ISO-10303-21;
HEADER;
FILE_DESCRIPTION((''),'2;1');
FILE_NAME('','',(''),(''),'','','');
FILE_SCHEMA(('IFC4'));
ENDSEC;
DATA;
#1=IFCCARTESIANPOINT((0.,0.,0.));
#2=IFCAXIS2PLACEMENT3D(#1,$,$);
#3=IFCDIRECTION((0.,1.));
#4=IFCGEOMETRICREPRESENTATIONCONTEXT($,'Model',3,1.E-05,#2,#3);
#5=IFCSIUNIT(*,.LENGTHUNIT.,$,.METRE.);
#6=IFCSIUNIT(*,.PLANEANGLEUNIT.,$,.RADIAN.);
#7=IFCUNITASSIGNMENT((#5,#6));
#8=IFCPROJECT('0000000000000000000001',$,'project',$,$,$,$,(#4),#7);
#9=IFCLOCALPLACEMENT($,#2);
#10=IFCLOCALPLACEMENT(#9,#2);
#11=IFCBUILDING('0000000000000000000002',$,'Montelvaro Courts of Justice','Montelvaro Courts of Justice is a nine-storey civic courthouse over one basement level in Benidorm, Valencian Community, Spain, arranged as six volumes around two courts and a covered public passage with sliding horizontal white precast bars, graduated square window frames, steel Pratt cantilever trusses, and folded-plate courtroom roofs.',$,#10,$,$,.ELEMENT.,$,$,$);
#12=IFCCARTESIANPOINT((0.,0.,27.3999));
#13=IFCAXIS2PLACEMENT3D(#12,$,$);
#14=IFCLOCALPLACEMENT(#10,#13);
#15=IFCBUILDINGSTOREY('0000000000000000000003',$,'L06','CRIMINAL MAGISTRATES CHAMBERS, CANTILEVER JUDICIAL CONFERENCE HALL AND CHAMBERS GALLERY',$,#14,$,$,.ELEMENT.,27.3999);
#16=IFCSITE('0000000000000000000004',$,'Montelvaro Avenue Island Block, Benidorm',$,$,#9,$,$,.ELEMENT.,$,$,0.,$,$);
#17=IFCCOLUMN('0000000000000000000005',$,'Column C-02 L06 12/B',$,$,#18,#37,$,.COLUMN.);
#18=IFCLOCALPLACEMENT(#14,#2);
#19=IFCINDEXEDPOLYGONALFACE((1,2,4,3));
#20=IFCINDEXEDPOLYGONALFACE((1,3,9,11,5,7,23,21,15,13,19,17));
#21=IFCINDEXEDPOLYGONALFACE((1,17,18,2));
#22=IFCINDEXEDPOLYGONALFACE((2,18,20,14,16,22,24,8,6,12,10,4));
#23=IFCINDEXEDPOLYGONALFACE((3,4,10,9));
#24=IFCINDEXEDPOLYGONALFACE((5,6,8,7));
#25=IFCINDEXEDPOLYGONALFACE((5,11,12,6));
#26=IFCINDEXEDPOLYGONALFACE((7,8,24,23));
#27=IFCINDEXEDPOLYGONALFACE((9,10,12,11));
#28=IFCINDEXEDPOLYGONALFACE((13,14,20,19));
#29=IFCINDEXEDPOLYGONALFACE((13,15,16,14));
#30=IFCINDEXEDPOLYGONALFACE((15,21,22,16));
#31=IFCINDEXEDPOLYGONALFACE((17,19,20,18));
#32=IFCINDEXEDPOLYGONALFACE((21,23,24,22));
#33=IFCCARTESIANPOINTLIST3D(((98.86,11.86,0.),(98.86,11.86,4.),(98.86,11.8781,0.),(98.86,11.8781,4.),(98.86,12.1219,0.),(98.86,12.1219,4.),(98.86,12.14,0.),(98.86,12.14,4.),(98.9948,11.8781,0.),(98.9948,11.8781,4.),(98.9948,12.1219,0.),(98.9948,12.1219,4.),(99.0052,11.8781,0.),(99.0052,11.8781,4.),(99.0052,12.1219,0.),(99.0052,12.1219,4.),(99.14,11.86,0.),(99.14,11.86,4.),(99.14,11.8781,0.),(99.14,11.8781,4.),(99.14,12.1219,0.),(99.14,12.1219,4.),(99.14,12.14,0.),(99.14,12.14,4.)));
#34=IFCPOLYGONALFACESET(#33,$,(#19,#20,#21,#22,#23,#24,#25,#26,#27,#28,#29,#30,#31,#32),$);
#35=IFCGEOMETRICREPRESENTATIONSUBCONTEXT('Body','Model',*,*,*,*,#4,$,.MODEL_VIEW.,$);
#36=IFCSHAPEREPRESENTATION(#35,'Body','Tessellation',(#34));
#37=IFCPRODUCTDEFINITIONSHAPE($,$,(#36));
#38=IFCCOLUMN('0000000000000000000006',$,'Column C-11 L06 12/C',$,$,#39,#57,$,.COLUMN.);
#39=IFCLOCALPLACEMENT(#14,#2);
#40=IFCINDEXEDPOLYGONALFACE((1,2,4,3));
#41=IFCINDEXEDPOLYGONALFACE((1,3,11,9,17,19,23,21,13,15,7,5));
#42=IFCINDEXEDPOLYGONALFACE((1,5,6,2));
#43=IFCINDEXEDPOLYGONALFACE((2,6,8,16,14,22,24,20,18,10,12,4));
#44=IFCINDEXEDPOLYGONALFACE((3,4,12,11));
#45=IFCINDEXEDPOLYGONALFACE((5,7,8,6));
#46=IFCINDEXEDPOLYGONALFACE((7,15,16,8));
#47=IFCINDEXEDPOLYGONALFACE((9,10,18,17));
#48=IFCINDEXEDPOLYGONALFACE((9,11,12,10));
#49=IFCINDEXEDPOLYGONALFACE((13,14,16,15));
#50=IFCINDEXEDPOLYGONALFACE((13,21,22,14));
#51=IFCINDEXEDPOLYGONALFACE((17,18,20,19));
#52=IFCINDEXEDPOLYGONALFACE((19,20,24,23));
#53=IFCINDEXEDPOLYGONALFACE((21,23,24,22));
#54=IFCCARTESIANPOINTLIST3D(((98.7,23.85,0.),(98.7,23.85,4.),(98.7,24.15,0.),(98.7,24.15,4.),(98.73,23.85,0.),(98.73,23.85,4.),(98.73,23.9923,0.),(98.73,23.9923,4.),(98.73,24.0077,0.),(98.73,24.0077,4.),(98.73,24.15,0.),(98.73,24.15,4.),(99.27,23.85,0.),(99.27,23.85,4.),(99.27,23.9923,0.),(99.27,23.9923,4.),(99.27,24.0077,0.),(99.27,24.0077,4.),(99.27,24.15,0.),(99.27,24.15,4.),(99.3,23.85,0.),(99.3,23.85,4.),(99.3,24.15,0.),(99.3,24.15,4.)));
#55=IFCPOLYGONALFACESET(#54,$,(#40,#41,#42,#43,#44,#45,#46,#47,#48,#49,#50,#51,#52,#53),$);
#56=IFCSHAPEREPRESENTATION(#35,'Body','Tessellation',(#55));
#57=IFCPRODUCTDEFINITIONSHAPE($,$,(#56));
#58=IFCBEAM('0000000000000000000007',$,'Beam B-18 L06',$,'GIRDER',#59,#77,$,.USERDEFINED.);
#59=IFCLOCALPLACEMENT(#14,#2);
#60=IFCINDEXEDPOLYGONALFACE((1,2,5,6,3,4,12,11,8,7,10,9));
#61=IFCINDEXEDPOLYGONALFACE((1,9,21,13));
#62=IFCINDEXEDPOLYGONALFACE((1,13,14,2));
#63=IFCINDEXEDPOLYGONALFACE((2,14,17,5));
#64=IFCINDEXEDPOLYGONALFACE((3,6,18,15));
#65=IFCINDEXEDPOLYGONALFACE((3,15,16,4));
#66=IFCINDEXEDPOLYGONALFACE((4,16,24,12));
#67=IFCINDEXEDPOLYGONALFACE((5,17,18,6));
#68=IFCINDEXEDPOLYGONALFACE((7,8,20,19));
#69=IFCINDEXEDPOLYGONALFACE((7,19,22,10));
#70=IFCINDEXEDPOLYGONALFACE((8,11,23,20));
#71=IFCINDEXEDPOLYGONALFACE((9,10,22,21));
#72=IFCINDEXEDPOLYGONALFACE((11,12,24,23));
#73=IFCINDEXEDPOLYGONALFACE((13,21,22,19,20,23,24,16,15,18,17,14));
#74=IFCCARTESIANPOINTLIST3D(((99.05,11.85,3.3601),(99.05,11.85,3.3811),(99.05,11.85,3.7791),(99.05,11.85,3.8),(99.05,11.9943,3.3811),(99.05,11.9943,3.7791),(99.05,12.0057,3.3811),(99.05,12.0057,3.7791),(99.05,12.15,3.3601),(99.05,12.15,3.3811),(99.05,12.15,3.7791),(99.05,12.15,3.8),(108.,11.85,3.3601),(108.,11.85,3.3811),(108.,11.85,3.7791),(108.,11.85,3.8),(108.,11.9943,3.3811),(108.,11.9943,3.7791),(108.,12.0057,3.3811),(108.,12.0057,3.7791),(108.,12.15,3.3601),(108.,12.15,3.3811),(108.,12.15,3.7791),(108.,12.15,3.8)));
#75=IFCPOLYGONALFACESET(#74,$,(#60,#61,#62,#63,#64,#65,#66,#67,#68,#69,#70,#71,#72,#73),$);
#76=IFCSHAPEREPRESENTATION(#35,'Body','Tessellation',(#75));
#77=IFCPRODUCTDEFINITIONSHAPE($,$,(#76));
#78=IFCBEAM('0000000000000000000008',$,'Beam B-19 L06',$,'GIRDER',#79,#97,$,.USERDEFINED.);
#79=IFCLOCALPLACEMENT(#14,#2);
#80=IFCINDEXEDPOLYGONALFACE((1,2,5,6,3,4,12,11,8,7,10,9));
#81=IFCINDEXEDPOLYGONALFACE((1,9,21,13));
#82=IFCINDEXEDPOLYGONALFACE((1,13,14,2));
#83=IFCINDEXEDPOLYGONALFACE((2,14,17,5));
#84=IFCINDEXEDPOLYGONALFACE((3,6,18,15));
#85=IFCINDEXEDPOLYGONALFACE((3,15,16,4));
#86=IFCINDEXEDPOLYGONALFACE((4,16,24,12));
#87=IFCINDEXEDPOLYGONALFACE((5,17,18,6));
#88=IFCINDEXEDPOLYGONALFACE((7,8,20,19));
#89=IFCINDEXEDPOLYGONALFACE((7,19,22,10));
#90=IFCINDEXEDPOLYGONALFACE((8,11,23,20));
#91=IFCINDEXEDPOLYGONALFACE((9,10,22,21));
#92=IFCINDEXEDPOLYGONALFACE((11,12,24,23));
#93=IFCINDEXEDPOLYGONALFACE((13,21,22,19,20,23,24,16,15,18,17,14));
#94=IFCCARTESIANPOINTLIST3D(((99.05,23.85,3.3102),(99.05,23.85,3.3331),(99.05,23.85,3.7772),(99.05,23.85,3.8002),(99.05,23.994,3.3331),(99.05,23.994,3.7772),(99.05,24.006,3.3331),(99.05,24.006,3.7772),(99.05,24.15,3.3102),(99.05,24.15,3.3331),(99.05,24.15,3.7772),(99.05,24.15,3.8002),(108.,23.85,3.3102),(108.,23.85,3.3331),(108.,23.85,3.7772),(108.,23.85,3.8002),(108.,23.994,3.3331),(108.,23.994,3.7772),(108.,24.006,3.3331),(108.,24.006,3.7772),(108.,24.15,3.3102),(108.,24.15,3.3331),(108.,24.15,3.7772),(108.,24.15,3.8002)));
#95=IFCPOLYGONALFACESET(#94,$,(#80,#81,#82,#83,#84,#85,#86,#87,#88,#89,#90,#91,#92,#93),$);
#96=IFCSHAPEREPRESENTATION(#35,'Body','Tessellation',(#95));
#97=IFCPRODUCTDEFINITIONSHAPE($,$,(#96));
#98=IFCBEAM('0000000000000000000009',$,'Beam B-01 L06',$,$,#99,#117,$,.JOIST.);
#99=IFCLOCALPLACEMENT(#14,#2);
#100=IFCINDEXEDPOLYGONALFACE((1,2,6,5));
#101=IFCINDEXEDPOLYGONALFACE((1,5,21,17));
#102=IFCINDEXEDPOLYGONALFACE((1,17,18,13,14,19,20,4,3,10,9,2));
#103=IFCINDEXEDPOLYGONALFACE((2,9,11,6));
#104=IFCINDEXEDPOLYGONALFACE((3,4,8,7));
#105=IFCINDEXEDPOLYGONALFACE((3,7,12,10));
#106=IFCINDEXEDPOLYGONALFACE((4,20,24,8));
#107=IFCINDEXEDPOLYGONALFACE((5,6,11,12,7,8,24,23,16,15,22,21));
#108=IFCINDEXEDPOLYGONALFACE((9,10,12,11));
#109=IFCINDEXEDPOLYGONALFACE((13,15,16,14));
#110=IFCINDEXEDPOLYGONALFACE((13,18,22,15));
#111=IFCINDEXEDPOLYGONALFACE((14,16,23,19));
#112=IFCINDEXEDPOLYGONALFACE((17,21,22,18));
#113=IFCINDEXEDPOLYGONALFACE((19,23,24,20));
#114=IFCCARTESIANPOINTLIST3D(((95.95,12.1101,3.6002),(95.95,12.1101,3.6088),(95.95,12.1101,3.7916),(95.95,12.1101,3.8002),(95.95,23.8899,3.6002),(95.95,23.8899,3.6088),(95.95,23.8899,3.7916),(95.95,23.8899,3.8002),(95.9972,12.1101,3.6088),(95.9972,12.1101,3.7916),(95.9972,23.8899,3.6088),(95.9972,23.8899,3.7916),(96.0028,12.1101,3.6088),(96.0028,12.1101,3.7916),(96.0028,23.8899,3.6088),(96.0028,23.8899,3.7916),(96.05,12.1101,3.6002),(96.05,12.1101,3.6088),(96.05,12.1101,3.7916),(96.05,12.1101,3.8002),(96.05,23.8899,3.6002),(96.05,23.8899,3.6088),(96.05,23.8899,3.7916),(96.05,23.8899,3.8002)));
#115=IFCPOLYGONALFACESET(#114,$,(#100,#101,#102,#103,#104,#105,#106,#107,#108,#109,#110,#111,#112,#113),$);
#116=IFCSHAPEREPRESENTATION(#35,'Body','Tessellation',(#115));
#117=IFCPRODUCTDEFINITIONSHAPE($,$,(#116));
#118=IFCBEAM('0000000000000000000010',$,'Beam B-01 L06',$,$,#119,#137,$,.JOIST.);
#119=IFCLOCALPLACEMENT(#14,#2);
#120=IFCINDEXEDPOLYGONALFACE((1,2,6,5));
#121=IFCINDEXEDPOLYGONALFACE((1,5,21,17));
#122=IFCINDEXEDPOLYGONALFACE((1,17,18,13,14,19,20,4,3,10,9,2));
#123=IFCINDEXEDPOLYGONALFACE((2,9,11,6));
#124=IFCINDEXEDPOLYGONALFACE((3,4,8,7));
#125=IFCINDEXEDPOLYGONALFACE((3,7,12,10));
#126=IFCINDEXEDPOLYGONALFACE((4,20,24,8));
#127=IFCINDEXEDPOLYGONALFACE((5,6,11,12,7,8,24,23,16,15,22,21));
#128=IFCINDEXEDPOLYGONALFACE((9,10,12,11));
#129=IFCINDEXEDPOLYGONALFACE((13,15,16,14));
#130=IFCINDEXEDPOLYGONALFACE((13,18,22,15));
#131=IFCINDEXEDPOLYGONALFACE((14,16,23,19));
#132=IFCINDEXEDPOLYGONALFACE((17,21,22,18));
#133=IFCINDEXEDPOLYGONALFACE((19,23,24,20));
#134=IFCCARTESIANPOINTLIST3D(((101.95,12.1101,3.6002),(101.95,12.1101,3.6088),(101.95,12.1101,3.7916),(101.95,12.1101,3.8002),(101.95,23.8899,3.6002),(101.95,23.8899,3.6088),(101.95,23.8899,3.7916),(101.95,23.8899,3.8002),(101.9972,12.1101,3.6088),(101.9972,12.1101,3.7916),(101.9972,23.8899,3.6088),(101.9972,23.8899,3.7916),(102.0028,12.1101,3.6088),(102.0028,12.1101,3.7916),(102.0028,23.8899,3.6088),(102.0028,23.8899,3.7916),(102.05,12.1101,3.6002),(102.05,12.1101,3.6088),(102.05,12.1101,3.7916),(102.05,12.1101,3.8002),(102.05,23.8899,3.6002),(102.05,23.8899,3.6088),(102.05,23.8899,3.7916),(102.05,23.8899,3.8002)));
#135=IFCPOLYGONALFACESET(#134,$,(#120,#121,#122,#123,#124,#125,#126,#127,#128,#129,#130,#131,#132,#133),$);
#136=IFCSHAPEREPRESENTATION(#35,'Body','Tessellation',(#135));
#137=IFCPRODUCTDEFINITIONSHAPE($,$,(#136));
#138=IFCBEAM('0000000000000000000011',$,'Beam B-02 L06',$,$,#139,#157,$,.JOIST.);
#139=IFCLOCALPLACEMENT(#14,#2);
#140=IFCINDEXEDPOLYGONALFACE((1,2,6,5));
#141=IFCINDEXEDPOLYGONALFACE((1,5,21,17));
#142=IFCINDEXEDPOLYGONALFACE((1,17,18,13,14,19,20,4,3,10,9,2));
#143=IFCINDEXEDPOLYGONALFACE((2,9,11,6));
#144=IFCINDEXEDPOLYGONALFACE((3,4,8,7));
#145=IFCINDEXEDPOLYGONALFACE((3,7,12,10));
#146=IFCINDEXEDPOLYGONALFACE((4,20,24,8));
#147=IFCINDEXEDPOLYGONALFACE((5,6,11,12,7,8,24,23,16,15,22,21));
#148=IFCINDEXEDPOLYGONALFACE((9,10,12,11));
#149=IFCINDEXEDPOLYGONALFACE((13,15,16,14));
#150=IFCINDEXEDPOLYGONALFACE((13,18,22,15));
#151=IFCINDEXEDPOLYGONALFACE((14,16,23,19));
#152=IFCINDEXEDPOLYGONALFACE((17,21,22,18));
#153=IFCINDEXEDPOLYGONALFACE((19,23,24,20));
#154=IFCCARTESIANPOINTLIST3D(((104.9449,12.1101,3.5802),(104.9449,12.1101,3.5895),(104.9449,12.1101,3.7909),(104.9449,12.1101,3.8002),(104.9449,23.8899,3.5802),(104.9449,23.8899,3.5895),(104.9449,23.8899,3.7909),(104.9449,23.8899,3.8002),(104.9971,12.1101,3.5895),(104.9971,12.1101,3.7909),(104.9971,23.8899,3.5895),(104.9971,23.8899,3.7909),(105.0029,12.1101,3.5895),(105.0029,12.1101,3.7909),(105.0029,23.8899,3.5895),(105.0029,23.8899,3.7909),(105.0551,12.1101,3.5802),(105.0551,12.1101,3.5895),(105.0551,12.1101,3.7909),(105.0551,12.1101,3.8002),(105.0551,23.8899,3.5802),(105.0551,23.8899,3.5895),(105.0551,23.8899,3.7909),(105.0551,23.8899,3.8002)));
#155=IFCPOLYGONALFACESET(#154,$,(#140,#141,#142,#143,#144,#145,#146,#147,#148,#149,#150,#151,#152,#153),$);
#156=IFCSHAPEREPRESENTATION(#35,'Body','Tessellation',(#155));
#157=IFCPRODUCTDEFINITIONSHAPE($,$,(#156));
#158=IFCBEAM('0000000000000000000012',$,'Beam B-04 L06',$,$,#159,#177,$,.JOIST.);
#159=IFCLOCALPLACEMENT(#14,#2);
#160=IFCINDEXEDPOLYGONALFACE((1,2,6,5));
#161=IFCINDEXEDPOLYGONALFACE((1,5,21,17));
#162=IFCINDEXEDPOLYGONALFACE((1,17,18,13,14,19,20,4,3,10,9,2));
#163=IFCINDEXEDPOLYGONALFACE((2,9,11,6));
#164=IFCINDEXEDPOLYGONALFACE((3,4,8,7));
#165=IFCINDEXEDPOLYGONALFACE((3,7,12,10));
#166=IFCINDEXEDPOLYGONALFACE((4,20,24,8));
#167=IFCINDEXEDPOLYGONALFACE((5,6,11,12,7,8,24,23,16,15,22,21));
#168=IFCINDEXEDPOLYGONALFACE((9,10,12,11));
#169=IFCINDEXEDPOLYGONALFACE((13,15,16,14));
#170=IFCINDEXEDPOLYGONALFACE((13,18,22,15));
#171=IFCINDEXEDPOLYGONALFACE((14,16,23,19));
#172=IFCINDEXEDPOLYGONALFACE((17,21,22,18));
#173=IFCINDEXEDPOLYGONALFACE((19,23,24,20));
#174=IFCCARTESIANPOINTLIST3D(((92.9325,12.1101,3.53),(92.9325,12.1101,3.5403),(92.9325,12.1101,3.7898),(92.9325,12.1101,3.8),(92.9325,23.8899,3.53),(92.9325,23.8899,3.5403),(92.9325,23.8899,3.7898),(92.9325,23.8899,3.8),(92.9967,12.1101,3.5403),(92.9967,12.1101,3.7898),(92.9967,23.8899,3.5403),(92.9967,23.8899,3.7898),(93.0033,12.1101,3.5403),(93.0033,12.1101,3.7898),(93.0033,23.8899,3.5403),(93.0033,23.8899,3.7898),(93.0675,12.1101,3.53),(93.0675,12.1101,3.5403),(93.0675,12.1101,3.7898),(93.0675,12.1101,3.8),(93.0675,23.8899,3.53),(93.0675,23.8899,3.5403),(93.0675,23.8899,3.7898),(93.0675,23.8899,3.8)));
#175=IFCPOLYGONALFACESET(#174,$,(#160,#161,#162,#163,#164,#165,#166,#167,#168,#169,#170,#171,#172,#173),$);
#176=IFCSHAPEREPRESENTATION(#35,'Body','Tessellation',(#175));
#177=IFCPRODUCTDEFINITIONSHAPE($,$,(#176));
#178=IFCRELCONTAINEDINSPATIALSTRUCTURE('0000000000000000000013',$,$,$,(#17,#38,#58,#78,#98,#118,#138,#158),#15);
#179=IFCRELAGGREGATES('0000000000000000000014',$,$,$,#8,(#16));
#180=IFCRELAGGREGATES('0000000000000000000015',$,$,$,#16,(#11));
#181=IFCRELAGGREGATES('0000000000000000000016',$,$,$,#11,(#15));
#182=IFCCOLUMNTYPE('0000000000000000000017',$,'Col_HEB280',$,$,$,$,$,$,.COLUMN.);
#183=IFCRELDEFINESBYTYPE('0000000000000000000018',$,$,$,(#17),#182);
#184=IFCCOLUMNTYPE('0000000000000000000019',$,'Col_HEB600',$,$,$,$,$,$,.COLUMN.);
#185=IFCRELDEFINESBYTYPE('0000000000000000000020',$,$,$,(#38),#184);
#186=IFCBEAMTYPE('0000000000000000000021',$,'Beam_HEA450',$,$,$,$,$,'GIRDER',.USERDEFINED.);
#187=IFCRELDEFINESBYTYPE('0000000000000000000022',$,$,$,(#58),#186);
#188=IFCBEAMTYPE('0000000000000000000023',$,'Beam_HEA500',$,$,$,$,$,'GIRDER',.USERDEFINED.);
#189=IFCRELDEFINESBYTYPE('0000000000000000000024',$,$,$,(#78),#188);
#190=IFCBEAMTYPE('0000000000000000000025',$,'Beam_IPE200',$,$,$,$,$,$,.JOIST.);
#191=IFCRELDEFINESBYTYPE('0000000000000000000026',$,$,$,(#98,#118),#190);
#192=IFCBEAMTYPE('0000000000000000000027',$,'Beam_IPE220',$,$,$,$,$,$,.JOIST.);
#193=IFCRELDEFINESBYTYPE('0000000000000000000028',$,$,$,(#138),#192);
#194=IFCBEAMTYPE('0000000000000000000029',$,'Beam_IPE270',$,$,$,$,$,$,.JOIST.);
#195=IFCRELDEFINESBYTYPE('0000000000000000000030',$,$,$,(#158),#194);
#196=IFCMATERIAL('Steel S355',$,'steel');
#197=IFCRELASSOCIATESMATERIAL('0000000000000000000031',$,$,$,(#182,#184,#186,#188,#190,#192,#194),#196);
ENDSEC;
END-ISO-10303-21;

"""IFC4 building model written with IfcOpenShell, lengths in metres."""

from ifc_helpers import new_model, si_unit, direction, frame, origin, origin_2d, place, context, subcontext, project, spatial, i_section, extrude, material, material_profile, profile_set, type_object, element, save


model = new_model("IFC4")

# Units and contexts
model_context = context("Model", 3, precision=1e-05, world=origin(), true_north=direction((0.0, 1.0)))
body_context = subcontext(model_context, "Body", "Model", "MODEL_VIEW")
ifc_project = project(units=[si_unit("LENGTHUNIT", "METRE"), si_unit("PLANEANGLEUNIT", "RADIAN")], contexts=[model_context])

# Site, building, storey
site_placement = place(None, origin())
site = spatial("IfcSite", under=ifc_project, at=site_placement, Name="Montelvaro Avenue Island Block, Benidorm", CompositionType="ELEMENT", RefElevation=0.0)
building_placement = place(site_placement, origin())
building = spatial("IfcBuilding", under=site, at=building_placement, Name="Montelvaro Courts of Justice", Description="Montelvaro Courts of Justice is a nine-storey civic courthouse over one basement level in Benidorm, Valencian Community, Spain, arranged as six volumes around two courts and a covered public passage with sliding horizontal white precast bars, graduated square window frames, steel Pratt cantilever trusses, and folded-plate courtroom roofs.", CompositionType="ELEMENT")
storey_placement = place(building_placement, frame((0.0, 0.0, 27.3999)))
storey = spatial("IfcBuildingStorey", under=building, at=storey_placement, Name="L06", Description="CRIMINAL MAGISTRATES CHAMBERS, CANTILEVER JUDICIAL CONFERENCE HALL AND CHAMBERS GALLERY", CompositionType="ELEMENT", Elevation=27.3999)

# Columns
ifc_material_1 = material(Name="Steel S355", Category="steel")
ifc_material_profile_1 = material_profile(ifc_material_1, i_section(OverallWidth=0.28, OverallDepth=0.28, WebThickness=0.0105, FlangeThickness=0.0181, at=origin_2d()), Name="HEB 280")
ifc_profile_set_1 = profile_set([ifc_material_profile_1], Name="Steel S355")
column_type_1 = type_object("IfcColumnType", Name="Col_HEB280", PredefinedType="COLUMN", material=ifc_profile_set_1)
column_1_placement = place(storey_placement, frame((99.0, 12.0, 0.0), z_axis=(0.0, 0.0, 1.0), x_axis=(1.0, 0.0, 0.0)))
element("IfcColumn", 1, at=column_1_placement, inside=storey, type_object=column_type_1, Name="Column C-02 L06 12/B", PredefinedType="COLUMN", context=body_context, shape_type="SweptSolid", body=[
    extrude(i_section(OverallWidth=0.28, OverallDepth=0.28, WebThickness=0.0105, FlangeThickness=0.0181, at=origin_2d()), origin(), (0.0, 0.0, 1.0), 4.0),
])
ifc_material_profile_2 = material_profile(ifc_material_1, i_section(OverallWidth=0.3, OverallDepth=0.6001, WebThickness=0.0154, FlangeThickness=0.03, at=origin_2d()), Name="HEB 600")
ifc_profile_set_2 = profile_set([ifc_material_profile_2], Name="Steel S355")
column_type_2 = type_object("IfcColumnType", Name="Col_HEB600", PredefinedType="COLUMN", material=ifc_profile_set_2)
column_2_placement = place(storey_placement, frame((99.0, 24.0, 0.0), z_axis=(0.0, 0.0, 1.0), x_axis=(0.0, 1.0, 0.0)))
element("IfcColumn", 2, at=column_2_placement, inside=storey, type_object=column_type_2, Name="Column C-11 L06 12/C", PredefinedType="COLUMN", context=body_context, shape_type="SweptSolid", body=[
    extrude(i_section(OverallWidth=0.3, OverallDepth=0.6001, WebThickness=0.0154, FlangeThickness=0.03, at=origin_2d()), origin(), (0.0, 0.0, 1.0), 4.0),
])

# Beams
ifc_material_profile_3 = material_profile(ifc_material_1, i_section(OverallWidth=0.3, OverallDepth=0.4399, WebThickness=0.0115, FlangeThickness=0.021, at=origin_2d()), Name="HEA 450")
ifc_profile_set_3 = profile_set([ifc_material_profile_3], Name="Steel S355")
beam_type_1 = type_object("IfcBeamType", Name="Beam_HEA450", ElementType="GIRDER", PredefinedType="USERDEFINED", material=ifc_profile_set_3)
beam_1_placement = place(storey_placement, frame((99.05, 12.0, 3.5801), z_axis=(1.0, 0.0, 0.0), x_axis=(0.0, 1.0, 0.0)))
element("IfcBeam", 3, at=beam_1_placement, inside=storey, type_object=beam_type_1, Name="Beam B-18 L06", ObjectType="GIRDER", PredefinedType="USERDEFINED", context=body_context, shape_type="SweptSolid", body=[
    extrude(i_section(OverallWidth=0.3, OverallDepth=0.4399, WebThickness=0.0115, FlangeThickness=0.021, at=origin_2d()), origin(), (0.0, 0.0, 1.0), 8.95),
])
ifc_material_profile_4 = material_profile(ifc_material_1, i_section(OverallWidth=0.3, OverallDepth=0.49, WebThickness=0.012, FlangeThickness=0.0229, at=origin_2d()), Name="HEA 500")
ifc_profile_set_4 = profile_set([ifc_material_profile_4], Name="Steel S355")
beam_type_2 = type_object("IfcBeamType", Name="Beam_HEA500", ElementType="GIRDER", PredefinedType="USERDEFINED", material=ifc_profile_set_4)
beam_2_placement = place(storey_placement, frame((99.05, 24.0, 3.5552), z_axis=(1.0, 0.0, 0.0), x_axis=(0.0, 1.0, 0.0)))
element("IfcBeam", 4, at=beam_2_placement, inside=storey, type_object=beam_type_2, Name="Beam B-19 L06", ObjectType="GIRDER", PredefinedType="USERDEFINED", context=body_context, shape_type="SweptSolid", body=[
    extrude(i_section(OverallWidth=0.3, OverallDepth=0.49, WebThickness=0.012, FlangeThickness=0.0229, at=origin_2d()), origin(), (0.0, 0.0, 1.0), 8.95),
])
ifc_material_profile_5 = material_profile(ifc_material_1, i_section(OverallWidth=0.1001, OverallDepth=0.2, WebThickness=0.0056, FlangeThickness=0.0085, at=origin_2d()), Name="IPE 200")
ifc_profile_set_5 = profile_set([ifc_material_profile_5], Name="Steel S355")
beam_type_3 = type_object("IfcBeamType", Name="Beam_IPE200", PredefinedType="JOIST", material=ifc_profile_set_5)
for number, where, z_axis, x_axis, name in (
    (5, (96.0, 12.1101, 3.7002), (0.0, 1.0, 0.0), (-1.0, 0.0, 0.0), "Beam B-01 L06"),
    (6, (102.0, 12.1101, 3.7002), (0.0, 1.0, 0.0), (-1.0, 0.0, 0.0), "Beam B-01 L06"),
):
    element("IfcBeam", number, at=place(storey_placement, frame(where, z_axis=z_axis, x_axis=x_axis)), inside=storey, type_object=beam_type_3, Name=name, PredefinedType="JOIST", context=body_context, shape_type="SweptSolid", body=[
        extrude(i_section(OverallWidth=0.1001, OverallDepth=0.2, WebThickness=0.0056, FlangeThickness=0.0085, at=origin_2d()), origin(), (0.0, 0.0, 1.0), 11.7798),
    ])
ifc_material_profile_6 = material_profile(ifc_material_1, i_section(OverallWidth=0.1101, OverallDepth=0.22, WebThickness=0.0059, FlangeThickness=0.0093, at=origin_2d()), Name="IPE 220")
ifc_profile_set_6 = profile_set([ifc_material_profile_6], Name="Steel S355")
beam_type_4 = type_object("IfcBeamType", Name="Beam_IPE220", PredefinedType="JOIST", material=ifc_profile_set_6)
beam_3_placement = place(storey_placement, frame((105.0, 12.1101, 3.6902), z_axis=(0.0, 1.0, 0.0), x_axis=(-1.0, 0.0, 0.0)))
element("IfcBeam", 7, at=beam_3_placement, inside=storey, type_object=beam_type_4, Name="Beam B-02 L06", PredefinedType="JOIST", context=body_context, shape_type="SweptSolid", body=[
    extrude(i_section(OverallWidth=0.1101, OverallDepth=0.22, WebThickness=0.0059, FlangeThickness=0.0093, at=origin_2d()), origin(), (0.0, 0.0, 1.0), 11.7798),
])
ifc_material_profile_7 = material_profile(ifc_material_1, i_section(OverallWidth=0.135, OverallDepth=0.27, WebThickness=0.0066, FlangeThickness=0.0103, at=origin_2d()), Name="IPE 270")
ifc_profile_set_7 = profile_set([ifc_material_profile_7], Name="Steel S355")
beam_type_5 = type_object("IfcBeamType", Name="Beam_IPE270", PredefinedType="JOIST", material=ifc_profile_set_7)
beam_4_placement = place(storey_placement, frame((93.0, 12.1101, 3.665), z_axis=(0.0, 1.0, 0.0), x_axis=(-1.0, 0.0, 0.0)))
element("IfcBeam", 8, at=beam_4_placement, inside=storey, type_object=beam_type_5, Name="Beam B-04 L06", PredefinedType="JOIST", context=body_context, shape_type="SweptSolid", body=[
    extrude(i_section(OverallWidth=0.135, OverallDepth=0.27, WebThickness=0.0066, FlangeThickness=0.0103, at=origin_2d()), origin(), (0.0, 0.0, 1.0), 11.7798),
])

save(model, "model.ifc")
